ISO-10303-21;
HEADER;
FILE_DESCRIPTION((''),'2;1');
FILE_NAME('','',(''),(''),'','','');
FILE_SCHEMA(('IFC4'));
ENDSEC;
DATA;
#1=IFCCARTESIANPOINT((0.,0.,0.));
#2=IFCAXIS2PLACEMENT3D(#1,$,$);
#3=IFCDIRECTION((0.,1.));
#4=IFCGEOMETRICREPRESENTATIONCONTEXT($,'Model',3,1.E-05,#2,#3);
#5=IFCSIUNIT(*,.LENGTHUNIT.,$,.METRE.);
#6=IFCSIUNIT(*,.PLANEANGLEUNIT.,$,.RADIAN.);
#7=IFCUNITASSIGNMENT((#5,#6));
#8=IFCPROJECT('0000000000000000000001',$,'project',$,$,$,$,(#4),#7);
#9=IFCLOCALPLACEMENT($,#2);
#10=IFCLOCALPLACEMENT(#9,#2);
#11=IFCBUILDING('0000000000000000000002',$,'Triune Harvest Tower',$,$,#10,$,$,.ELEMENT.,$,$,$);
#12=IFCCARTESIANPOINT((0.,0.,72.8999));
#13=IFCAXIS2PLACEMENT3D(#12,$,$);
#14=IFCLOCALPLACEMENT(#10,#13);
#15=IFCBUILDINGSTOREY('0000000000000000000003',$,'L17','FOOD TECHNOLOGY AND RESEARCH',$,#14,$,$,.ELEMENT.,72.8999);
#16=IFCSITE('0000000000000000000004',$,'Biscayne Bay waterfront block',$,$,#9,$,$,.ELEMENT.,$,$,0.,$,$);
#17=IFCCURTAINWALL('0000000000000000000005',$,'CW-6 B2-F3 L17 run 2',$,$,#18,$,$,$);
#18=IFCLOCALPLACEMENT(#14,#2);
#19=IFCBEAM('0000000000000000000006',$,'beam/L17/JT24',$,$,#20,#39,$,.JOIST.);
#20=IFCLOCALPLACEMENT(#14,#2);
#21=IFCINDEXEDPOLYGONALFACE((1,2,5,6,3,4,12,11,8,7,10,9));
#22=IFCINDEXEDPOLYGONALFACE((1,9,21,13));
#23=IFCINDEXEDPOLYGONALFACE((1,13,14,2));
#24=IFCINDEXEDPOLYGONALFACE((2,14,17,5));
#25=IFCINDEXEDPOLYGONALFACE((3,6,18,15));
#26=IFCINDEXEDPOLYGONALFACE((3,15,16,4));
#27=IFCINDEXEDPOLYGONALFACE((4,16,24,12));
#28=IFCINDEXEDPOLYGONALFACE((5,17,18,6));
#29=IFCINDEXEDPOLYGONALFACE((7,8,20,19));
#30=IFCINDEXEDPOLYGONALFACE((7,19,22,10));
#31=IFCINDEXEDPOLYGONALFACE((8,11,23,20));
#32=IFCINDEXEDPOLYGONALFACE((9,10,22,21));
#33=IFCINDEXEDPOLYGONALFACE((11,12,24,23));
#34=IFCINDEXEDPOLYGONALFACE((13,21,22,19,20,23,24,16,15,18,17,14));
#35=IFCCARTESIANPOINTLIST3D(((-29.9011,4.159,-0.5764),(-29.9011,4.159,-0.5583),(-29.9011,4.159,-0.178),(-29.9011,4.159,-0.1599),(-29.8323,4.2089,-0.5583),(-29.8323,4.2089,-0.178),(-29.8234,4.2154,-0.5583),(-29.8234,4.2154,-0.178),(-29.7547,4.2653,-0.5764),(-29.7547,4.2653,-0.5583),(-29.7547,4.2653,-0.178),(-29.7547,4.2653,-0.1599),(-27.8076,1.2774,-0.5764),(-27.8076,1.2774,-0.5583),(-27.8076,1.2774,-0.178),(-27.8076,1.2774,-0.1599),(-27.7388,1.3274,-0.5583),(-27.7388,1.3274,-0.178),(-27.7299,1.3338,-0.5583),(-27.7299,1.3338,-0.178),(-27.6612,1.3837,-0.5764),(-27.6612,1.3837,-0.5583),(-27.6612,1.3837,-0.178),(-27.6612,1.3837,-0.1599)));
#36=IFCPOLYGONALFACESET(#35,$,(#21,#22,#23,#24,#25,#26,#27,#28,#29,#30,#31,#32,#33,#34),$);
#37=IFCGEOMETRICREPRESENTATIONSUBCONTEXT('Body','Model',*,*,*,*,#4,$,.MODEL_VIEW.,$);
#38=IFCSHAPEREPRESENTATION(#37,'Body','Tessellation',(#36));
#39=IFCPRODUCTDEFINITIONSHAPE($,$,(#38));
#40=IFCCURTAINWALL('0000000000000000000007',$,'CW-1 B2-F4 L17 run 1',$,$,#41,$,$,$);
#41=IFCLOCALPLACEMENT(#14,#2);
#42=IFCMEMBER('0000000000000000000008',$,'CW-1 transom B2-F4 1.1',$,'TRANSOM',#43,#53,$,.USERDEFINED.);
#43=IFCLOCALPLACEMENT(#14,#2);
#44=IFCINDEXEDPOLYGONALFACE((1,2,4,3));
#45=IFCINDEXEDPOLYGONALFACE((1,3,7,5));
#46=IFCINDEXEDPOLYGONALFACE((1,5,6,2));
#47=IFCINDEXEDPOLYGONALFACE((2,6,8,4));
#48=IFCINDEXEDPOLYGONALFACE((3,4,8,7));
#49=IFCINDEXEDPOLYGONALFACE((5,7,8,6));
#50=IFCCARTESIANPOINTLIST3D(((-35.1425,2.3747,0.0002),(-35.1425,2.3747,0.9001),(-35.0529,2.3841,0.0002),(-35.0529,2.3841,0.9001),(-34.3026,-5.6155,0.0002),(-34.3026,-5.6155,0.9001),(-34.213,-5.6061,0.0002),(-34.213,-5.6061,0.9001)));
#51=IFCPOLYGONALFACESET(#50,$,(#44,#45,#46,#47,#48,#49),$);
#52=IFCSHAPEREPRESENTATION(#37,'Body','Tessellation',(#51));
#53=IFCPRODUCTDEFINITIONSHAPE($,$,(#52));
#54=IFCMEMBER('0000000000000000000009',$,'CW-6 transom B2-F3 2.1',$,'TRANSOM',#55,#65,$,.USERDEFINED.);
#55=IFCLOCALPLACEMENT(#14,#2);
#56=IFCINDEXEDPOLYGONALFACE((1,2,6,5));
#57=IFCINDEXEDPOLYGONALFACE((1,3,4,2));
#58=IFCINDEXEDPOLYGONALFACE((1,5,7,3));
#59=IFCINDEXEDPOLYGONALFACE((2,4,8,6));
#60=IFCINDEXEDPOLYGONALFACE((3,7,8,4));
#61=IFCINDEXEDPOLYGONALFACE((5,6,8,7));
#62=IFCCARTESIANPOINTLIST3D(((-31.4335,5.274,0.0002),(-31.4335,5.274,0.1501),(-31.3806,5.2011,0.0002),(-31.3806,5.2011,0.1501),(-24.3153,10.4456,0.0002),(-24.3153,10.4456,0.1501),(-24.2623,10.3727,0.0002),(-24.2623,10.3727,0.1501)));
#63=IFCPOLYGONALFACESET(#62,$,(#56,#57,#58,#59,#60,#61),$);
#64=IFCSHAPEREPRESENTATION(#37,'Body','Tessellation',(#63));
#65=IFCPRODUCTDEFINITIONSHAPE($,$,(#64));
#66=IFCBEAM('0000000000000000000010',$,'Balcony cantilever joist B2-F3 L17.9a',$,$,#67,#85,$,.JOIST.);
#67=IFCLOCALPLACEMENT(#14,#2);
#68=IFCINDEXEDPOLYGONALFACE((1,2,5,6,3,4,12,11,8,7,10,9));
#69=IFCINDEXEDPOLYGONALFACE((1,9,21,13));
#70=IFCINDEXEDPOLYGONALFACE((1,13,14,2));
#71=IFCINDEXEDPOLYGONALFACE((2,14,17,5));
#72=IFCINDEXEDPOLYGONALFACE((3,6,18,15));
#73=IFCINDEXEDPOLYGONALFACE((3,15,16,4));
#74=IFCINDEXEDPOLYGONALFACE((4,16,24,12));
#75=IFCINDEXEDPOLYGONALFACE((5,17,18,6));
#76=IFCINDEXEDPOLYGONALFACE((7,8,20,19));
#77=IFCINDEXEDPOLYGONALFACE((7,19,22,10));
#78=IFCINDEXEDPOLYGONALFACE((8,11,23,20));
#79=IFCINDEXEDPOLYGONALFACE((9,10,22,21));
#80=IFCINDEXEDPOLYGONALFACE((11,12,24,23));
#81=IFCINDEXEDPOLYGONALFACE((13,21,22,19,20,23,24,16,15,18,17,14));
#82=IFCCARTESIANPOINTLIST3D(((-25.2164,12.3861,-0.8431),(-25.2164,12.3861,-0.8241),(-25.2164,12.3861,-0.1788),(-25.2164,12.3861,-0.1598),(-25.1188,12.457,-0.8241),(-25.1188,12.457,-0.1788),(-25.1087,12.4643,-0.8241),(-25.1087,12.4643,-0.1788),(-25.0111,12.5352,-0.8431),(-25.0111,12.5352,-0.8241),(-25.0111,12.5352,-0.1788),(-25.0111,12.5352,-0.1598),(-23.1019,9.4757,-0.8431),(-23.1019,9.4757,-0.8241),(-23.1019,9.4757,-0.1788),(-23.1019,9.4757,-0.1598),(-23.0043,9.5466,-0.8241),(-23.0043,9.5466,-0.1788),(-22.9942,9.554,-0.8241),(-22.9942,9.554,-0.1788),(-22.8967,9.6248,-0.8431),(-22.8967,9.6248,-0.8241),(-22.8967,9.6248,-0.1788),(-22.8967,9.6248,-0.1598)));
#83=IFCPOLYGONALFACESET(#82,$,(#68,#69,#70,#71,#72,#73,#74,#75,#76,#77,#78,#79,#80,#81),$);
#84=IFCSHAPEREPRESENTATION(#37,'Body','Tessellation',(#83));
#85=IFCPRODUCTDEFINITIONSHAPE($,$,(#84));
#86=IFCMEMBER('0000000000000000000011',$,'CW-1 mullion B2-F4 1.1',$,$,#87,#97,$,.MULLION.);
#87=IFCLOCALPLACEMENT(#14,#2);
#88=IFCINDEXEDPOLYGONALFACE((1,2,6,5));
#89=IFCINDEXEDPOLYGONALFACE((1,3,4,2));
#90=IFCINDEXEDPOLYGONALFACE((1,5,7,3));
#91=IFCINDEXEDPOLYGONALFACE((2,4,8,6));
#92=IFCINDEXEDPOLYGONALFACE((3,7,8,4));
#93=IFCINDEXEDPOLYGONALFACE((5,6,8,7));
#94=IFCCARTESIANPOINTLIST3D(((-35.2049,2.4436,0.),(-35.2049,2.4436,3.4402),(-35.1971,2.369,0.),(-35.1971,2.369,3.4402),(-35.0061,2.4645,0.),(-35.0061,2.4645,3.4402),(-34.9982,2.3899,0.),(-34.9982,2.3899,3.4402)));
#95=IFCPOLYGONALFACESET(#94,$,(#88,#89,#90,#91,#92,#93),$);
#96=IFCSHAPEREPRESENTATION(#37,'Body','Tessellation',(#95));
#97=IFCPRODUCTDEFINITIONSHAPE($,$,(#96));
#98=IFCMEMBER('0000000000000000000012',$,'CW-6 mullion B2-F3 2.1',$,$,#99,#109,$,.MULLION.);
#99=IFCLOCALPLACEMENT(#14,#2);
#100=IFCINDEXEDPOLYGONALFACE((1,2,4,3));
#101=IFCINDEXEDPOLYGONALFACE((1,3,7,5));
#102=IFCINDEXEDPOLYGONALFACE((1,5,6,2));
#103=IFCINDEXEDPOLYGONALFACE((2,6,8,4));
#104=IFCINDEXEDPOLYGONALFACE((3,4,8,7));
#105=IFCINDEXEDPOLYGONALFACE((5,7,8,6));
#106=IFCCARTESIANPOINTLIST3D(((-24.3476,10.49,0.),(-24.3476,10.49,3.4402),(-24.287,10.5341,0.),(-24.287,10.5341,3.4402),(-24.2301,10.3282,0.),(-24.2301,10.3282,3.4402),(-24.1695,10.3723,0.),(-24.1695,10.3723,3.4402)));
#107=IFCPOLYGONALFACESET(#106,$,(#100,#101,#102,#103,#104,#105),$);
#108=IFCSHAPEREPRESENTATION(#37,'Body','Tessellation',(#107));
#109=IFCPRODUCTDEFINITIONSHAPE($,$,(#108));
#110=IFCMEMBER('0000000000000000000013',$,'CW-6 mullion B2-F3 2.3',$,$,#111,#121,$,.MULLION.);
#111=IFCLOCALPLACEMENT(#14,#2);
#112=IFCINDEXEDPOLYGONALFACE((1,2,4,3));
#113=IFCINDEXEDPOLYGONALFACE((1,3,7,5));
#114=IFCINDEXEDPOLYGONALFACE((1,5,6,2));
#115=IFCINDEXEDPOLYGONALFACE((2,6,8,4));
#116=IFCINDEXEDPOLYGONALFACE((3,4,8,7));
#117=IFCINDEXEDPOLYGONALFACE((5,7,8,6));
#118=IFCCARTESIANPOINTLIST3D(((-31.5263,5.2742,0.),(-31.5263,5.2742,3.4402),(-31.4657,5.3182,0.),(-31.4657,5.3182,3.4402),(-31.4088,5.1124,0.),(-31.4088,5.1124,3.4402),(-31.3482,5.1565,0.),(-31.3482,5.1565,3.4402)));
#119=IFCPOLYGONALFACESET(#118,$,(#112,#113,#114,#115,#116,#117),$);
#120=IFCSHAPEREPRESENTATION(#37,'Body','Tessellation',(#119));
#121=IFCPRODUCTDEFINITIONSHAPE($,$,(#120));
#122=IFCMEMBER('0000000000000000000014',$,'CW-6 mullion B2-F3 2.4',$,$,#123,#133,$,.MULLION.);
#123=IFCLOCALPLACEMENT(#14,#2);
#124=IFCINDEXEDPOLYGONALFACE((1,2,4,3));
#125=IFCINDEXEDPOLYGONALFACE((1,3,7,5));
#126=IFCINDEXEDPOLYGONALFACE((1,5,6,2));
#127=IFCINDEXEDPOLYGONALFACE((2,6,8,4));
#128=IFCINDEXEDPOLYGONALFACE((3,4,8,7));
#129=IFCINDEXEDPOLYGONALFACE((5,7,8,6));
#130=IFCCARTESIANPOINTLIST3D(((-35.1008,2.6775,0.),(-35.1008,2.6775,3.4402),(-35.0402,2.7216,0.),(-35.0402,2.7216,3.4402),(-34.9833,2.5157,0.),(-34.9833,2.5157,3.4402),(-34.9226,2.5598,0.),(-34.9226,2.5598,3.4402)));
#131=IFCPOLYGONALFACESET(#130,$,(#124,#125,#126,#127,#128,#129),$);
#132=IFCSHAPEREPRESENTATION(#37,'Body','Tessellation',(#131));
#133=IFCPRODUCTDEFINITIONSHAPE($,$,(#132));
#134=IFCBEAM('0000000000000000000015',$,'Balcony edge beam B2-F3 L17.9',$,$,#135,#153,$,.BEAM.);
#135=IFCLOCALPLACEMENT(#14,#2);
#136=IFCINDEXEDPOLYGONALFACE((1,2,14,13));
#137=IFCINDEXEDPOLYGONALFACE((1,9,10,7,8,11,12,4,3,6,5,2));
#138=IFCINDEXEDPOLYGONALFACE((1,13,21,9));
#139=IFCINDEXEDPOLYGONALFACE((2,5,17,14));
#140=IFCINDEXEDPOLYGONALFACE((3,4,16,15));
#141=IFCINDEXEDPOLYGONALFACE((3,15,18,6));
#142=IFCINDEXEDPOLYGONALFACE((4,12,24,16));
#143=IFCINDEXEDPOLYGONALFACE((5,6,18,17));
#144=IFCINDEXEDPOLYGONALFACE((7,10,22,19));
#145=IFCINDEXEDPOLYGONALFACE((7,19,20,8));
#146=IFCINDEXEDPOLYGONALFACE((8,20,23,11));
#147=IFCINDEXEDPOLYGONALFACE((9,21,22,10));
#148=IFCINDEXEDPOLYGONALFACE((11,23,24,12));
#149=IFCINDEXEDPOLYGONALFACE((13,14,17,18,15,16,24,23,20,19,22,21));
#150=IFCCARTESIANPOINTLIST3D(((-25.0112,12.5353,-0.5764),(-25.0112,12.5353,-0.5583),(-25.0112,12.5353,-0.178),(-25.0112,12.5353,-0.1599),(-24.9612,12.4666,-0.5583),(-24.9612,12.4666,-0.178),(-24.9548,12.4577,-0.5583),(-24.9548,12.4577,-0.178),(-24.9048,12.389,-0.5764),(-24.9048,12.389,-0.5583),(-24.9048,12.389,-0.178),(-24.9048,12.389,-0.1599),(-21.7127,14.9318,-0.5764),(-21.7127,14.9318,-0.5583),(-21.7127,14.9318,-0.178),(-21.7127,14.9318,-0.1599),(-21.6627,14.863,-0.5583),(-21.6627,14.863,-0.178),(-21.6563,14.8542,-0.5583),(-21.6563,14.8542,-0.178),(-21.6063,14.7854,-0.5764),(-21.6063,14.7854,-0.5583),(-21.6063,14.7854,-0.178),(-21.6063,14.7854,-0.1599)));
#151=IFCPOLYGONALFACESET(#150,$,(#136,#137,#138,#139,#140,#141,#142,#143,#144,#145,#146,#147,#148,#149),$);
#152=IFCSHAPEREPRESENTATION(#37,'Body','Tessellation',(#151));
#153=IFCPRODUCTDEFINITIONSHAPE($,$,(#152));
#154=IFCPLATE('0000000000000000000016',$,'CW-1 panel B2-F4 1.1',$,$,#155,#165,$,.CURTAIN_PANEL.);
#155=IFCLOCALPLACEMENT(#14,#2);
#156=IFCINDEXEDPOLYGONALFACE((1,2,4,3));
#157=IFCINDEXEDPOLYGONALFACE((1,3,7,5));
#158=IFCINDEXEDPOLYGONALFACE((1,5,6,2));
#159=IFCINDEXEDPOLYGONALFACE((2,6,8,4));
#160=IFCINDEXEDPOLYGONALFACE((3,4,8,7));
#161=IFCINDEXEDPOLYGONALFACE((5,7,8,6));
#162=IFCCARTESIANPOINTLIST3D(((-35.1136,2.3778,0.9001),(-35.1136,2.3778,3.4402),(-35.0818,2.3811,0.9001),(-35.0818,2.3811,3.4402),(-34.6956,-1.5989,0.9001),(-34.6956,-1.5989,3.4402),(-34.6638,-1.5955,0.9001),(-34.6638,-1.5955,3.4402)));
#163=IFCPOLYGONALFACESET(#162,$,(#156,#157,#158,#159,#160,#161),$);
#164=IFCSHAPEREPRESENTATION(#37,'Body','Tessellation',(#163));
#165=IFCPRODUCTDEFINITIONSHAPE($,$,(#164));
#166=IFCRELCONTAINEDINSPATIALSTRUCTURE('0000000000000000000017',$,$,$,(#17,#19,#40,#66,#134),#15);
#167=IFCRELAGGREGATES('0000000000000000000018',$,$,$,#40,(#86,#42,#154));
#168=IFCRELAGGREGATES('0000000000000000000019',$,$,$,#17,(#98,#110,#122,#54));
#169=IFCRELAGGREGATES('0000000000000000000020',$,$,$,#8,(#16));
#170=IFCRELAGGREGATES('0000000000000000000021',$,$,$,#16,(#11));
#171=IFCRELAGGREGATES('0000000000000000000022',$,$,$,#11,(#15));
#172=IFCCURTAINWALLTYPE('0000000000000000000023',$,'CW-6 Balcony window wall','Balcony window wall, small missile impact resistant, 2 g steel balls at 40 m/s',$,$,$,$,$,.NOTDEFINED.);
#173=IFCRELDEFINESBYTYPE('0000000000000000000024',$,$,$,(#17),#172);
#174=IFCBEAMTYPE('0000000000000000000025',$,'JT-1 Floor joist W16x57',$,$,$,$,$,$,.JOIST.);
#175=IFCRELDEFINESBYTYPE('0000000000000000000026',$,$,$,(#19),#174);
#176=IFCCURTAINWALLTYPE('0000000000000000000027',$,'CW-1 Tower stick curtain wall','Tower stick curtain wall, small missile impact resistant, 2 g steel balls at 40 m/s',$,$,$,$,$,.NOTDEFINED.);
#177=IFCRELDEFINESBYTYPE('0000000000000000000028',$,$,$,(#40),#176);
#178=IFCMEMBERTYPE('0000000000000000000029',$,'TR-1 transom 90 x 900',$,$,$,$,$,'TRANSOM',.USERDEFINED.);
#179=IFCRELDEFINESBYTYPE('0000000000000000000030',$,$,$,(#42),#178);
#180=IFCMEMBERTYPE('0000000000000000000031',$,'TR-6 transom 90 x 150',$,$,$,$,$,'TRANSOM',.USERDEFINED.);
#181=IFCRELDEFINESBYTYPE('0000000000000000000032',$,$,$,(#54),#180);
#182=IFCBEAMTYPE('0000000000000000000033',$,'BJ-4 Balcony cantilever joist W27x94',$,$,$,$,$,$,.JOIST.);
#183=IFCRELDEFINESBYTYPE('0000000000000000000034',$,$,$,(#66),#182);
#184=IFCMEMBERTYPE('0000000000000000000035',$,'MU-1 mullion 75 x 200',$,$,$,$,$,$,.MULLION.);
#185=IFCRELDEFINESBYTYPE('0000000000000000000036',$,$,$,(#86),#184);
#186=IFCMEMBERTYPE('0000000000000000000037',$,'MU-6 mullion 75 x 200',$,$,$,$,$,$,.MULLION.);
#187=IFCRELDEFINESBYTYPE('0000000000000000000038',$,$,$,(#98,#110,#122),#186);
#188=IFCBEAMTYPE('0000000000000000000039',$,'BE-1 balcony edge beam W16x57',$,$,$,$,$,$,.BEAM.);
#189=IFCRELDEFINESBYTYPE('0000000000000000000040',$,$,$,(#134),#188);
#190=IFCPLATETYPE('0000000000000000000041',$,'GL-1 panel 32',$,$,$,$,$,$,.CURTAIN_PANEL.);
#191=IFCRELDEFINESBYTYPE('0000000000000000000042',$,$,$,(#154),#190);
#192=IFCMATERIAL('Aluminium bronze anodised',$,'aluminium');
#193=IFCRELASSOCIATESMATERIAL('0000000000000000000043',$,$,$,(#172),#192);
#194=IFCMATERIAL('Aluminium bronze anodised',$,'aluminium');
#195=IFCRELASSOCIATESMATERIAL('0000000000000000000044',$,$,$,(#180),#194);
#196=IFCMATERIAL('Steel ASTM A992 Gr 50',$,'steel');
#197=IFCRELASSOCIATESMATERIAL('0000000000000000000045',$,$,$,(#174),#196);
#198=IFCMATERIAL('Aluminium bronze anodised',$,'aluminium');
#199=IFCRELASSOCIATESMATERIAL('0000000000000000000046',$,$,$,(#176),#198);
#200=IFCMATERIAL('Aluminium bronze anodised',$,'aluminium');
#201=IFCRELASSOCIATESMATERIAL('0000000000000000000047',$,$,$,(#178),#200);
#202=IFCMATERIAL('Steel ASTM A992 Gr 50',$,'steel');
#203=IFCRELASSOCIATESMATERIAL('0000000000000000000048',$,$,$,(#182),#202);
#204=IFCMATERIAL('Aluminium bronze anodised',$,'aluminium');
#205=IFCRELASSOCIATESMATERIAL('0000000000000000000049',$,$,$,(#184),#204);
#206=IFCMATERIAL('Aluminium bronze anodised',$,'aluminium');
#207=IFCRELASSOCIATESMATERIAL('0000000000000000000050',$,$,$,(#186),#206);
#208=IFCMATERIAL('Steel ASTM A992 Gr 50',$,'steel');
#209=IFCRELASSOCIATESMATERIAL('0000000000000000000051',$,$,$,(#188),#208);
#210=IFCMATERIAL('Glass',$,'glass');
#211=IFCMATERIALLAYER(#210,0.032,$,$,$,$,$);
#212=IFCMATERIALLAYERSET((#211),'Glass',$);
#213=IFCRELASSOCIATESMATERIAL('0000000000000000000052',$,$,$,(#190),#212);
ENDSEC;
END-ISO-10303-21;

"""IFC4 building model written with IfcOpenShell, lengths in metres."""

from ifc_helpers import new_model, si_unit, direction, frame, origin, origin_2d, place, context, subcontext, project, spatial, rectangle, i_section, extrude, source, transform, mapped, material, layer, layer_set, material_profile, profile_set, type_object, element, aggregate, save


model = new_model("IFC4")

# Units and contexts
model_context = context("Model", 3, precision=1e-05, world=origin(), true_north=direction((0.0, 1.0)))
body_context = subcontext(model_context, "Body", "Model", "MODEL_VIEW")
ifc_project = project(units=[si_unit("LENGTHUNIT", "METRE"), si_unit("PLANEANGLEUNIT", "RADIAN")], contexts=[model_context])

# Site, building, storey
site_placement = place(None, origin())
site = spatial("IfcSite", under=ifc_project, at=site_placement, Name="Biscayne Bay waterfront block", CompositionType="ELEMENT", RefElevation=0.0)
building_placement = place(site_placement, origin())
building = spatial("IfcBuilding", under=site, at=building_placement, Name="Triune Harvest Tower", CompositionType="ELEMENT")
storey_placement = place(building_placement, frame((0.0, 0.0, 72.8999)))
storey = spatial("IfcBuildingStorey", under=building, at=storey_placement, Name="L17", Description="FOOD TECHNOLOGY AND RESEARCH", CompositionType="ELEMENT", Elevation=72.8999)

# Curtain wall
ifc_material_1 = material(Name="Aluminium bronze anodised", Category="aluminium")
curtain_wall_type_1 = type_object("IfcCurtainWallType", Name="CW-6 Balcony window wall", Description="Balcony window wall, small missile impact resistant, 2 g steel balls at 40 m/s", PredefinedType="NOTDEFINED", material=ifc_material_1)
curtain_wall_1_placement = place(storey_placement, origin())
curtain_wall_1 = element("IfcCurtainWall", 1, at=curtain_wall_1_placement, inside=storey, type_object=curtain_wall_type_1, Name="CW-6 B2-F3 L17 run 2")
ifc_material_2 = material(Name="Aluminium bronze anodised", Category="aluminium")
ifc_material_profile_1 = material_profile(ifc_material_2, rectangle(XDim=0.0901, YDim=0.1499, at=origin_2d()), Name="TR-6 transom 90 x 150")
ifc_profile_set_1 = profile_set([ifc_material_profile_1], Name="Aluminium bronze anodised")
member_type_1 = type_object("IfcMemberType", Name="TR-6 transom 90 x 150", ElementType="TRANSOM", PredefinedType="USERDEFINED", material=ifc_profile_set_1)

# Beam
ifc_material_3 = material(Name="Steel ASTM A992 Gr 50", Category="steel")
ifc_material_profile_2 = material_profile(ifc_material_3, i_section(OverallWidth=0.1809, OverallDepth=0.4165, WebThickness=0.011, FlangeThickness=0.0181, at=origin_2d()), Name="W16x57")
ifc_profile_set_2 = profile_set([ifc_material_profile_2], Name="Steel ASTM A992 Gr 50")
beam_type_1 = type_object("IfcBeamType", Name="JT-1 Floor joist W16x57", PredefinedType="JOIST", material=ifc_profile_set_2)
shared_shape_1 = source(origin(), body_context, "Body", "SweptSolid", [
    extrude(i_section(OverallWidth=0.1809, OverallDepth=0.4165, WebThickness=0.011, FlangeThickness=0.0181, at=origin_2d()), origin(), (0.0, 0.0, 1.0), 3.5618),
])
beam_1_placement = place(storey_placement, frame((-29.8279, 4.2122, -0.3682), z_axis=(0.587768, -0.809029, 0.0), x_axis=(0.809029, 0.587768, 0.0)))
element("IfcBeam", 2, at=beam_1_placement, inside=storey, type_object=beam_type_1, Name="beam/L17/JT24", PredefinedType="JOIST", context=body_context, shape_type="MappedRepresentation", body=[
    mapped(shared_shape_1, transform((0.0, 0.0, 0.0), scale=1.0)),
])

# Curtain wall, member
ifc_material_4 = material(Name="Aluminium bronze anodised", Category="aluminium")
curtain_wall_type_2 = type_object("IfcCurtainWallType", Name="CW-1 Tower stick curtain wall", Description="Tower stick curtain wall, small missile impact resistant, 2 g steel balls at 40 m/s", PredefinedType="NOTDEFINED", material=ifc_material_4)
curtain_wall_2_placement = place(storey_placement, origin())
curtain_wall_2 = element("IfcCurtainWall", 3, at=curtain_wall_2_placement, inside=storey, type_object=curtain_wall_type_2, Name="CW-1 B2-F4 L17 run 1")
ifc_material_5 = material(Name="Aluminium bronze anodised", Category="aluminium")
ifc_material_profile_3 = material_profile(ifc_material_5, rectangle(XDim=0.0901, YDim=0.8999, at=origin_2d()), Name="TR-1 transom 90 x 900")
ifc_profile_set_3 = profile_set([ifc_material_profile_3], Name="Aluminium bronze anodised")
member_type_2 = type_object("IfcMemberType", Name="TR-1 transom 90 x 900", ElementType="TRANSOM", PredefinedType="USERDEFINED", material=ifc_profile_set_3)
shared_shape_2 = source(origin(), body_context, "Body", "SweptSolid", [
    extrude(rectangle(XDim=0.0901, YDim=0.8999, at=origin_2d()), origin(), (0.0, 0.0, 1.0), 8.0342),
])
member_1_placement = place(storey_placement, frame((-35.0977, 2.3794, 0.4502), z_axis=(0.104533, -0.994521, 0.0), x_axis=(0.994521, 0.104533, 0.0)))
member_1 = element("IfcMember", 4, at=member_1_placement, type_object=member_type_2, Name="CW-1 transom B2-F4 1.1", ObjectType="TRANSOM", PredefinedType="USERDEFINED", context=body_context, shape_type="MappedRepresentation", body=[
    mapped(shared_shape_2, transform((0.0, 0.0, 0.0), scale=1.0)),
])

# Member
shared_shape_3 = source(origin(), body_context, "Body", "SweptSolid", [
    extrude(rectangle(XDim=0.0901, YDim=0.1499, at=origin_2d()), origin(), (0.0, 0.0, 1.0), 8.7986),
])
member_2_placement = place(storey_placement, frame((-24.2888, 10.4092, 0.0752), z_axis=(-0.809018, -0.587784, 0.0), x_axis=(0.587784, -0.809018, 0.0)))
member_2 = element("IfcMember", 5, at=member_2_placement, type_object=member_type_1, Name="CW-6 transom B2-F3 2.1", ObjectType="TRANSOM", PredefinedType="USERDEFINED", context=body_context, shape_type="MappedRepresentation", body=[
    mapped(shared_shape_3, transform((0.0, 0.0, 0.0), scale=1.0)),
])

# Beam
ifc_material_6 = material(Name="Steel ASTM A992 Gr 50", Category="steel")
ifc_material_profile_4 = material_profile(ifc_material_6, i_section(OverallWidth=0.2537, OverallDepth=0.6833, WebThickness=0.0125, FlangeThickness=0.019, at=origin_2d()), Name="W27x94")
ifc_profile_set_4 = profile_set([ifc_material_profile_4], Name="Steel ASTM A992 Gr 50")
beam_type_2 = type_object("IfcBeamType", Name="BJ-4 Balcony cantilever joist W27x94", PredefinedType="JOIST", material=ifc_profile_set_4)
shared_shape_4 = source(origin(), body_context, "Body", "SweptSolid", [
    extrude(i_section(OverallWidth=0.2537, OverallDepth=0.6833, WebThickness=0.0125, FlangeThickness=0.019, at=origin_2d()), origin(), (0.0, 0.0, 1.0), 3.5974),
])
beam_2_placement = place(storey_placement, frame((-22.9993, 9.5503, -0.5015), z_axis=(-0.58778, 0.809021, 0.0), x_axis=(-0.809021, -0.58778, 0.0)))
element("IfcBeam", 6, at=beam_2_placement, inside=storey, type_object=beam_type_2, Name="Balcony cantilever joist B2-F3 L17.9a", PredefinedType="JOIST", context=body_context, shape_type="MappedRepresentation", body=[
    mapped(shared_shape_4, transform((0.0, 0.0, 0.0), scale=1.0)),
])

# Members
ifc_material_7 = material(Name="Aluminium bronze anodised", Category="aluminium")
ifc_material_profile_5 = material_profile(ifc_material_7, rectangle(XDim=0.2, YDim=0.075, at=origin_2d()), Name="MU-1 mullion 75 x 200")
ifc_profile_set_5 = profile_set([ifc_material_profile_5], Name="Aluminium bronze anodised")
member_type_3 = type_object("IfcMemberType", Name="MU-1 mullion 75 x 200", PredefinedType="MULLION", material=ifc_profile_set_5)
shared_shape_5 = source(origin(), body_context, "Body", "SweptSolid", [
    extrude(rectangle(XDim=0.2, YDim=0.075, at=origin_2d()), origin(), (0.0, 0.0, 1.0), 3.4402),
])
member_3_placement = place(storey_placement, frame((-35.1016, 2.4167, 0.0), z_axis=(0.0, 0.0, 1.0), x_axis=(0.994522, 0.104529, 0.0)))
member_3 = element("IfcMember", 7, at=member_3_placement, type_object=member_type_3, Name="CW-1 mullion B2-F4 1.1", PredefinedType="MULLION", context=body_context, shape_type="MappedRepresentation", body=[
    mapped(shared_shape_5, transform((0.0, 0.0, 0.0), scale=1.0)),
])
ifc_material_8 = material(Name="Aluminium bronze anodised", Category="aluminium")
ifc_material_profile_6 = material_profile(ifc_material_8, rectangle(XDim=0.2, YDim=0.075, at=origin_2d()), Name="MU-6 mullion 75 x 200")
ifc_profile_set_6 = profile_set([ifc_material_profile_6], Name="Aluminium bronze anodised")
member_type_4 = type_object("IfcMemberType", Name="MU-6 mullion 75 x 200", PredefinedType="MULLION", material=ifc_profile_set_6)
shared_shape_6 = source(origin(), body_context, "Body", "SweptSolid", [
    extrude(rectangle(XDim=0.2, YDim=0.075, at=origin_2d()), origin(), (0.0, 0.0, 1.0), 3.4402),
])
member_4_placement = place(storey_placement, frame((-24.2585, 10.4312, 0.0), z_axis=(0.0, 0.0, 1.0), x_axis=(0.587785, -0.809017, 0.0)))
member_4 = element("IfcMember", 8, at=member_4_placement, type_object=member_type_4, Name="CW-6 mullion B2-F3 2.1", PredefinedType="MULLION", context=body_context, shape_type="MappedRepresentation", body=[
    mapped(shared_shape_6, transform((0.0, 0.0, 0.0), scale=1.0)),
])
member_5_placement = place(storey_placement, frame((-31.4373, 5.2153, 0.0), z_axis=(0.0, 0.0, 1.0), x_axis=(0.587785, -0.809017, 0.0)))
member_5 = element("IfcMember", 9, at=member_5_placement, type_object=member_type_4, Name="CW-6 mullion B2-F3 2.3", PredefinedType="MULLION", context=body_context, shape_type="MappedRepresentation", body=[
    mapped(shared_shape_6, transform((0.0, 0.0, 0.0), scale=1.0)),
])
member_6_placement = place(storey_placement, frame((-35.0117, 2.6187, 0.0), z_axis=(0.0, 0.0, 1.0), x_axis=(0.587785, -0.809017, 0.0)))
member_6 = element("IfcMember", 10, at=member_6_placement, type_object=member_type_4, Name="CW-6 mullion B2-F3 2.4", PredefinedType="MULLION", context=body_context, shape_type="MappedRepresentation", body=[
    mapped(shared_shape_6, transform((0.0, 0.0, 0.0), scale=1.0)),
])

# Beam
ifc_material_9 = material(Name="Steel ASTM A992 Gr 50", Category="steel")
ifc_material_profile_7 = material_profile(ifc_material_9, i_section(OverallWidth=0.1809, OverallDepth=0.4165, WebThickness=0.011, FlangeThickness=0.0181, at=origin_2d()), Name="W16x57")
ifc_profile_set_7 = profile_set([ifc_material_profile_7], Name="Steel ASTM A992 Gr 50")
beam_type_3 = type_object("IfcBeamType", Name="BE-1 balcony edge beam W16x57", PredefinedType="BEAM", material=ifc_profile_set_7)
shared_shape_7 = source(origin(), body_context, "Body", "SweptSolid", [
    extrude(i_section(OverallWidth=0.1809, OverallDepth=0.4165, WebThickness=0.011, FlangeThickness=0.0181, at=origin_2d()), origin(), (0.0, 0.0, 1.0), 4.0771),
])
beam_3_placement = place(storey_placement, frame((-24.958, 12.4622, -0.3682), z_axis=(0.809026, 0.587773, 0.0), x_axis=(-0.587773, 0.809026, 0.0)))
element("IfcBeam", 11, at=beam_3_placement, inside=storey, type_object=beam_type_3, Name="Balcony edge beam B2-F3 L17.9", PredefinedType="BEAM", context=body_context, shape_type="MappedRepresentation", body=[
    mapped(shared_shape_7, transform((0.0, 0.0, 0.0), scale=1.0)),
])

# Plate
ifc_material_10 = material(Name="Glass", Category="glass")
ifc_layer_1 = layer(ifc_material_10, 0.032)
ifc_layer_set_1 = layer_set([ifc_layer_1], Name="Glass")
plate_type_1 = type_object("IfcPlateType", Name="GL-1 panel 32", PredefinedType="CURTAIN_PANEL", material=ifc_layer_set_1)
shared_shape_8 = source(origin(), body_context, "Body", "SweptSolid", [
    extrude(rectangle(XDim=3.9985, YDim=0.032, at=origin_2d()), origin(), (0.0, 0.0, 1.0), 2.54),
])
plate_1_placement = place(storey_placement, frame((-34.8887, 0.3911, 0.9001), z_axis=(0.0, 0.0, 1.0), x_axis=(0.104529, -0.994522, 0.0)))
plate_1 = element("IfcPlate", 12, at=plate_1_placement, type_object=plate_type_1, Name="CW-1 panel B2-F4 1.1", PredefinedType="CURTAIN_PANEL", context=body_context, shape_type="MappedRepresentation", body=[
    mapped(shared_shape_8, transform((0.0, 0.0, 0.0), scale=1.0)),
])
aggregate(curtain_wall_2, [member_3, member_1, plate_1])
aggregate(curtain_wall_1, [member_4, member_5, member_6, member_2])

save(model, "model.ifc")
